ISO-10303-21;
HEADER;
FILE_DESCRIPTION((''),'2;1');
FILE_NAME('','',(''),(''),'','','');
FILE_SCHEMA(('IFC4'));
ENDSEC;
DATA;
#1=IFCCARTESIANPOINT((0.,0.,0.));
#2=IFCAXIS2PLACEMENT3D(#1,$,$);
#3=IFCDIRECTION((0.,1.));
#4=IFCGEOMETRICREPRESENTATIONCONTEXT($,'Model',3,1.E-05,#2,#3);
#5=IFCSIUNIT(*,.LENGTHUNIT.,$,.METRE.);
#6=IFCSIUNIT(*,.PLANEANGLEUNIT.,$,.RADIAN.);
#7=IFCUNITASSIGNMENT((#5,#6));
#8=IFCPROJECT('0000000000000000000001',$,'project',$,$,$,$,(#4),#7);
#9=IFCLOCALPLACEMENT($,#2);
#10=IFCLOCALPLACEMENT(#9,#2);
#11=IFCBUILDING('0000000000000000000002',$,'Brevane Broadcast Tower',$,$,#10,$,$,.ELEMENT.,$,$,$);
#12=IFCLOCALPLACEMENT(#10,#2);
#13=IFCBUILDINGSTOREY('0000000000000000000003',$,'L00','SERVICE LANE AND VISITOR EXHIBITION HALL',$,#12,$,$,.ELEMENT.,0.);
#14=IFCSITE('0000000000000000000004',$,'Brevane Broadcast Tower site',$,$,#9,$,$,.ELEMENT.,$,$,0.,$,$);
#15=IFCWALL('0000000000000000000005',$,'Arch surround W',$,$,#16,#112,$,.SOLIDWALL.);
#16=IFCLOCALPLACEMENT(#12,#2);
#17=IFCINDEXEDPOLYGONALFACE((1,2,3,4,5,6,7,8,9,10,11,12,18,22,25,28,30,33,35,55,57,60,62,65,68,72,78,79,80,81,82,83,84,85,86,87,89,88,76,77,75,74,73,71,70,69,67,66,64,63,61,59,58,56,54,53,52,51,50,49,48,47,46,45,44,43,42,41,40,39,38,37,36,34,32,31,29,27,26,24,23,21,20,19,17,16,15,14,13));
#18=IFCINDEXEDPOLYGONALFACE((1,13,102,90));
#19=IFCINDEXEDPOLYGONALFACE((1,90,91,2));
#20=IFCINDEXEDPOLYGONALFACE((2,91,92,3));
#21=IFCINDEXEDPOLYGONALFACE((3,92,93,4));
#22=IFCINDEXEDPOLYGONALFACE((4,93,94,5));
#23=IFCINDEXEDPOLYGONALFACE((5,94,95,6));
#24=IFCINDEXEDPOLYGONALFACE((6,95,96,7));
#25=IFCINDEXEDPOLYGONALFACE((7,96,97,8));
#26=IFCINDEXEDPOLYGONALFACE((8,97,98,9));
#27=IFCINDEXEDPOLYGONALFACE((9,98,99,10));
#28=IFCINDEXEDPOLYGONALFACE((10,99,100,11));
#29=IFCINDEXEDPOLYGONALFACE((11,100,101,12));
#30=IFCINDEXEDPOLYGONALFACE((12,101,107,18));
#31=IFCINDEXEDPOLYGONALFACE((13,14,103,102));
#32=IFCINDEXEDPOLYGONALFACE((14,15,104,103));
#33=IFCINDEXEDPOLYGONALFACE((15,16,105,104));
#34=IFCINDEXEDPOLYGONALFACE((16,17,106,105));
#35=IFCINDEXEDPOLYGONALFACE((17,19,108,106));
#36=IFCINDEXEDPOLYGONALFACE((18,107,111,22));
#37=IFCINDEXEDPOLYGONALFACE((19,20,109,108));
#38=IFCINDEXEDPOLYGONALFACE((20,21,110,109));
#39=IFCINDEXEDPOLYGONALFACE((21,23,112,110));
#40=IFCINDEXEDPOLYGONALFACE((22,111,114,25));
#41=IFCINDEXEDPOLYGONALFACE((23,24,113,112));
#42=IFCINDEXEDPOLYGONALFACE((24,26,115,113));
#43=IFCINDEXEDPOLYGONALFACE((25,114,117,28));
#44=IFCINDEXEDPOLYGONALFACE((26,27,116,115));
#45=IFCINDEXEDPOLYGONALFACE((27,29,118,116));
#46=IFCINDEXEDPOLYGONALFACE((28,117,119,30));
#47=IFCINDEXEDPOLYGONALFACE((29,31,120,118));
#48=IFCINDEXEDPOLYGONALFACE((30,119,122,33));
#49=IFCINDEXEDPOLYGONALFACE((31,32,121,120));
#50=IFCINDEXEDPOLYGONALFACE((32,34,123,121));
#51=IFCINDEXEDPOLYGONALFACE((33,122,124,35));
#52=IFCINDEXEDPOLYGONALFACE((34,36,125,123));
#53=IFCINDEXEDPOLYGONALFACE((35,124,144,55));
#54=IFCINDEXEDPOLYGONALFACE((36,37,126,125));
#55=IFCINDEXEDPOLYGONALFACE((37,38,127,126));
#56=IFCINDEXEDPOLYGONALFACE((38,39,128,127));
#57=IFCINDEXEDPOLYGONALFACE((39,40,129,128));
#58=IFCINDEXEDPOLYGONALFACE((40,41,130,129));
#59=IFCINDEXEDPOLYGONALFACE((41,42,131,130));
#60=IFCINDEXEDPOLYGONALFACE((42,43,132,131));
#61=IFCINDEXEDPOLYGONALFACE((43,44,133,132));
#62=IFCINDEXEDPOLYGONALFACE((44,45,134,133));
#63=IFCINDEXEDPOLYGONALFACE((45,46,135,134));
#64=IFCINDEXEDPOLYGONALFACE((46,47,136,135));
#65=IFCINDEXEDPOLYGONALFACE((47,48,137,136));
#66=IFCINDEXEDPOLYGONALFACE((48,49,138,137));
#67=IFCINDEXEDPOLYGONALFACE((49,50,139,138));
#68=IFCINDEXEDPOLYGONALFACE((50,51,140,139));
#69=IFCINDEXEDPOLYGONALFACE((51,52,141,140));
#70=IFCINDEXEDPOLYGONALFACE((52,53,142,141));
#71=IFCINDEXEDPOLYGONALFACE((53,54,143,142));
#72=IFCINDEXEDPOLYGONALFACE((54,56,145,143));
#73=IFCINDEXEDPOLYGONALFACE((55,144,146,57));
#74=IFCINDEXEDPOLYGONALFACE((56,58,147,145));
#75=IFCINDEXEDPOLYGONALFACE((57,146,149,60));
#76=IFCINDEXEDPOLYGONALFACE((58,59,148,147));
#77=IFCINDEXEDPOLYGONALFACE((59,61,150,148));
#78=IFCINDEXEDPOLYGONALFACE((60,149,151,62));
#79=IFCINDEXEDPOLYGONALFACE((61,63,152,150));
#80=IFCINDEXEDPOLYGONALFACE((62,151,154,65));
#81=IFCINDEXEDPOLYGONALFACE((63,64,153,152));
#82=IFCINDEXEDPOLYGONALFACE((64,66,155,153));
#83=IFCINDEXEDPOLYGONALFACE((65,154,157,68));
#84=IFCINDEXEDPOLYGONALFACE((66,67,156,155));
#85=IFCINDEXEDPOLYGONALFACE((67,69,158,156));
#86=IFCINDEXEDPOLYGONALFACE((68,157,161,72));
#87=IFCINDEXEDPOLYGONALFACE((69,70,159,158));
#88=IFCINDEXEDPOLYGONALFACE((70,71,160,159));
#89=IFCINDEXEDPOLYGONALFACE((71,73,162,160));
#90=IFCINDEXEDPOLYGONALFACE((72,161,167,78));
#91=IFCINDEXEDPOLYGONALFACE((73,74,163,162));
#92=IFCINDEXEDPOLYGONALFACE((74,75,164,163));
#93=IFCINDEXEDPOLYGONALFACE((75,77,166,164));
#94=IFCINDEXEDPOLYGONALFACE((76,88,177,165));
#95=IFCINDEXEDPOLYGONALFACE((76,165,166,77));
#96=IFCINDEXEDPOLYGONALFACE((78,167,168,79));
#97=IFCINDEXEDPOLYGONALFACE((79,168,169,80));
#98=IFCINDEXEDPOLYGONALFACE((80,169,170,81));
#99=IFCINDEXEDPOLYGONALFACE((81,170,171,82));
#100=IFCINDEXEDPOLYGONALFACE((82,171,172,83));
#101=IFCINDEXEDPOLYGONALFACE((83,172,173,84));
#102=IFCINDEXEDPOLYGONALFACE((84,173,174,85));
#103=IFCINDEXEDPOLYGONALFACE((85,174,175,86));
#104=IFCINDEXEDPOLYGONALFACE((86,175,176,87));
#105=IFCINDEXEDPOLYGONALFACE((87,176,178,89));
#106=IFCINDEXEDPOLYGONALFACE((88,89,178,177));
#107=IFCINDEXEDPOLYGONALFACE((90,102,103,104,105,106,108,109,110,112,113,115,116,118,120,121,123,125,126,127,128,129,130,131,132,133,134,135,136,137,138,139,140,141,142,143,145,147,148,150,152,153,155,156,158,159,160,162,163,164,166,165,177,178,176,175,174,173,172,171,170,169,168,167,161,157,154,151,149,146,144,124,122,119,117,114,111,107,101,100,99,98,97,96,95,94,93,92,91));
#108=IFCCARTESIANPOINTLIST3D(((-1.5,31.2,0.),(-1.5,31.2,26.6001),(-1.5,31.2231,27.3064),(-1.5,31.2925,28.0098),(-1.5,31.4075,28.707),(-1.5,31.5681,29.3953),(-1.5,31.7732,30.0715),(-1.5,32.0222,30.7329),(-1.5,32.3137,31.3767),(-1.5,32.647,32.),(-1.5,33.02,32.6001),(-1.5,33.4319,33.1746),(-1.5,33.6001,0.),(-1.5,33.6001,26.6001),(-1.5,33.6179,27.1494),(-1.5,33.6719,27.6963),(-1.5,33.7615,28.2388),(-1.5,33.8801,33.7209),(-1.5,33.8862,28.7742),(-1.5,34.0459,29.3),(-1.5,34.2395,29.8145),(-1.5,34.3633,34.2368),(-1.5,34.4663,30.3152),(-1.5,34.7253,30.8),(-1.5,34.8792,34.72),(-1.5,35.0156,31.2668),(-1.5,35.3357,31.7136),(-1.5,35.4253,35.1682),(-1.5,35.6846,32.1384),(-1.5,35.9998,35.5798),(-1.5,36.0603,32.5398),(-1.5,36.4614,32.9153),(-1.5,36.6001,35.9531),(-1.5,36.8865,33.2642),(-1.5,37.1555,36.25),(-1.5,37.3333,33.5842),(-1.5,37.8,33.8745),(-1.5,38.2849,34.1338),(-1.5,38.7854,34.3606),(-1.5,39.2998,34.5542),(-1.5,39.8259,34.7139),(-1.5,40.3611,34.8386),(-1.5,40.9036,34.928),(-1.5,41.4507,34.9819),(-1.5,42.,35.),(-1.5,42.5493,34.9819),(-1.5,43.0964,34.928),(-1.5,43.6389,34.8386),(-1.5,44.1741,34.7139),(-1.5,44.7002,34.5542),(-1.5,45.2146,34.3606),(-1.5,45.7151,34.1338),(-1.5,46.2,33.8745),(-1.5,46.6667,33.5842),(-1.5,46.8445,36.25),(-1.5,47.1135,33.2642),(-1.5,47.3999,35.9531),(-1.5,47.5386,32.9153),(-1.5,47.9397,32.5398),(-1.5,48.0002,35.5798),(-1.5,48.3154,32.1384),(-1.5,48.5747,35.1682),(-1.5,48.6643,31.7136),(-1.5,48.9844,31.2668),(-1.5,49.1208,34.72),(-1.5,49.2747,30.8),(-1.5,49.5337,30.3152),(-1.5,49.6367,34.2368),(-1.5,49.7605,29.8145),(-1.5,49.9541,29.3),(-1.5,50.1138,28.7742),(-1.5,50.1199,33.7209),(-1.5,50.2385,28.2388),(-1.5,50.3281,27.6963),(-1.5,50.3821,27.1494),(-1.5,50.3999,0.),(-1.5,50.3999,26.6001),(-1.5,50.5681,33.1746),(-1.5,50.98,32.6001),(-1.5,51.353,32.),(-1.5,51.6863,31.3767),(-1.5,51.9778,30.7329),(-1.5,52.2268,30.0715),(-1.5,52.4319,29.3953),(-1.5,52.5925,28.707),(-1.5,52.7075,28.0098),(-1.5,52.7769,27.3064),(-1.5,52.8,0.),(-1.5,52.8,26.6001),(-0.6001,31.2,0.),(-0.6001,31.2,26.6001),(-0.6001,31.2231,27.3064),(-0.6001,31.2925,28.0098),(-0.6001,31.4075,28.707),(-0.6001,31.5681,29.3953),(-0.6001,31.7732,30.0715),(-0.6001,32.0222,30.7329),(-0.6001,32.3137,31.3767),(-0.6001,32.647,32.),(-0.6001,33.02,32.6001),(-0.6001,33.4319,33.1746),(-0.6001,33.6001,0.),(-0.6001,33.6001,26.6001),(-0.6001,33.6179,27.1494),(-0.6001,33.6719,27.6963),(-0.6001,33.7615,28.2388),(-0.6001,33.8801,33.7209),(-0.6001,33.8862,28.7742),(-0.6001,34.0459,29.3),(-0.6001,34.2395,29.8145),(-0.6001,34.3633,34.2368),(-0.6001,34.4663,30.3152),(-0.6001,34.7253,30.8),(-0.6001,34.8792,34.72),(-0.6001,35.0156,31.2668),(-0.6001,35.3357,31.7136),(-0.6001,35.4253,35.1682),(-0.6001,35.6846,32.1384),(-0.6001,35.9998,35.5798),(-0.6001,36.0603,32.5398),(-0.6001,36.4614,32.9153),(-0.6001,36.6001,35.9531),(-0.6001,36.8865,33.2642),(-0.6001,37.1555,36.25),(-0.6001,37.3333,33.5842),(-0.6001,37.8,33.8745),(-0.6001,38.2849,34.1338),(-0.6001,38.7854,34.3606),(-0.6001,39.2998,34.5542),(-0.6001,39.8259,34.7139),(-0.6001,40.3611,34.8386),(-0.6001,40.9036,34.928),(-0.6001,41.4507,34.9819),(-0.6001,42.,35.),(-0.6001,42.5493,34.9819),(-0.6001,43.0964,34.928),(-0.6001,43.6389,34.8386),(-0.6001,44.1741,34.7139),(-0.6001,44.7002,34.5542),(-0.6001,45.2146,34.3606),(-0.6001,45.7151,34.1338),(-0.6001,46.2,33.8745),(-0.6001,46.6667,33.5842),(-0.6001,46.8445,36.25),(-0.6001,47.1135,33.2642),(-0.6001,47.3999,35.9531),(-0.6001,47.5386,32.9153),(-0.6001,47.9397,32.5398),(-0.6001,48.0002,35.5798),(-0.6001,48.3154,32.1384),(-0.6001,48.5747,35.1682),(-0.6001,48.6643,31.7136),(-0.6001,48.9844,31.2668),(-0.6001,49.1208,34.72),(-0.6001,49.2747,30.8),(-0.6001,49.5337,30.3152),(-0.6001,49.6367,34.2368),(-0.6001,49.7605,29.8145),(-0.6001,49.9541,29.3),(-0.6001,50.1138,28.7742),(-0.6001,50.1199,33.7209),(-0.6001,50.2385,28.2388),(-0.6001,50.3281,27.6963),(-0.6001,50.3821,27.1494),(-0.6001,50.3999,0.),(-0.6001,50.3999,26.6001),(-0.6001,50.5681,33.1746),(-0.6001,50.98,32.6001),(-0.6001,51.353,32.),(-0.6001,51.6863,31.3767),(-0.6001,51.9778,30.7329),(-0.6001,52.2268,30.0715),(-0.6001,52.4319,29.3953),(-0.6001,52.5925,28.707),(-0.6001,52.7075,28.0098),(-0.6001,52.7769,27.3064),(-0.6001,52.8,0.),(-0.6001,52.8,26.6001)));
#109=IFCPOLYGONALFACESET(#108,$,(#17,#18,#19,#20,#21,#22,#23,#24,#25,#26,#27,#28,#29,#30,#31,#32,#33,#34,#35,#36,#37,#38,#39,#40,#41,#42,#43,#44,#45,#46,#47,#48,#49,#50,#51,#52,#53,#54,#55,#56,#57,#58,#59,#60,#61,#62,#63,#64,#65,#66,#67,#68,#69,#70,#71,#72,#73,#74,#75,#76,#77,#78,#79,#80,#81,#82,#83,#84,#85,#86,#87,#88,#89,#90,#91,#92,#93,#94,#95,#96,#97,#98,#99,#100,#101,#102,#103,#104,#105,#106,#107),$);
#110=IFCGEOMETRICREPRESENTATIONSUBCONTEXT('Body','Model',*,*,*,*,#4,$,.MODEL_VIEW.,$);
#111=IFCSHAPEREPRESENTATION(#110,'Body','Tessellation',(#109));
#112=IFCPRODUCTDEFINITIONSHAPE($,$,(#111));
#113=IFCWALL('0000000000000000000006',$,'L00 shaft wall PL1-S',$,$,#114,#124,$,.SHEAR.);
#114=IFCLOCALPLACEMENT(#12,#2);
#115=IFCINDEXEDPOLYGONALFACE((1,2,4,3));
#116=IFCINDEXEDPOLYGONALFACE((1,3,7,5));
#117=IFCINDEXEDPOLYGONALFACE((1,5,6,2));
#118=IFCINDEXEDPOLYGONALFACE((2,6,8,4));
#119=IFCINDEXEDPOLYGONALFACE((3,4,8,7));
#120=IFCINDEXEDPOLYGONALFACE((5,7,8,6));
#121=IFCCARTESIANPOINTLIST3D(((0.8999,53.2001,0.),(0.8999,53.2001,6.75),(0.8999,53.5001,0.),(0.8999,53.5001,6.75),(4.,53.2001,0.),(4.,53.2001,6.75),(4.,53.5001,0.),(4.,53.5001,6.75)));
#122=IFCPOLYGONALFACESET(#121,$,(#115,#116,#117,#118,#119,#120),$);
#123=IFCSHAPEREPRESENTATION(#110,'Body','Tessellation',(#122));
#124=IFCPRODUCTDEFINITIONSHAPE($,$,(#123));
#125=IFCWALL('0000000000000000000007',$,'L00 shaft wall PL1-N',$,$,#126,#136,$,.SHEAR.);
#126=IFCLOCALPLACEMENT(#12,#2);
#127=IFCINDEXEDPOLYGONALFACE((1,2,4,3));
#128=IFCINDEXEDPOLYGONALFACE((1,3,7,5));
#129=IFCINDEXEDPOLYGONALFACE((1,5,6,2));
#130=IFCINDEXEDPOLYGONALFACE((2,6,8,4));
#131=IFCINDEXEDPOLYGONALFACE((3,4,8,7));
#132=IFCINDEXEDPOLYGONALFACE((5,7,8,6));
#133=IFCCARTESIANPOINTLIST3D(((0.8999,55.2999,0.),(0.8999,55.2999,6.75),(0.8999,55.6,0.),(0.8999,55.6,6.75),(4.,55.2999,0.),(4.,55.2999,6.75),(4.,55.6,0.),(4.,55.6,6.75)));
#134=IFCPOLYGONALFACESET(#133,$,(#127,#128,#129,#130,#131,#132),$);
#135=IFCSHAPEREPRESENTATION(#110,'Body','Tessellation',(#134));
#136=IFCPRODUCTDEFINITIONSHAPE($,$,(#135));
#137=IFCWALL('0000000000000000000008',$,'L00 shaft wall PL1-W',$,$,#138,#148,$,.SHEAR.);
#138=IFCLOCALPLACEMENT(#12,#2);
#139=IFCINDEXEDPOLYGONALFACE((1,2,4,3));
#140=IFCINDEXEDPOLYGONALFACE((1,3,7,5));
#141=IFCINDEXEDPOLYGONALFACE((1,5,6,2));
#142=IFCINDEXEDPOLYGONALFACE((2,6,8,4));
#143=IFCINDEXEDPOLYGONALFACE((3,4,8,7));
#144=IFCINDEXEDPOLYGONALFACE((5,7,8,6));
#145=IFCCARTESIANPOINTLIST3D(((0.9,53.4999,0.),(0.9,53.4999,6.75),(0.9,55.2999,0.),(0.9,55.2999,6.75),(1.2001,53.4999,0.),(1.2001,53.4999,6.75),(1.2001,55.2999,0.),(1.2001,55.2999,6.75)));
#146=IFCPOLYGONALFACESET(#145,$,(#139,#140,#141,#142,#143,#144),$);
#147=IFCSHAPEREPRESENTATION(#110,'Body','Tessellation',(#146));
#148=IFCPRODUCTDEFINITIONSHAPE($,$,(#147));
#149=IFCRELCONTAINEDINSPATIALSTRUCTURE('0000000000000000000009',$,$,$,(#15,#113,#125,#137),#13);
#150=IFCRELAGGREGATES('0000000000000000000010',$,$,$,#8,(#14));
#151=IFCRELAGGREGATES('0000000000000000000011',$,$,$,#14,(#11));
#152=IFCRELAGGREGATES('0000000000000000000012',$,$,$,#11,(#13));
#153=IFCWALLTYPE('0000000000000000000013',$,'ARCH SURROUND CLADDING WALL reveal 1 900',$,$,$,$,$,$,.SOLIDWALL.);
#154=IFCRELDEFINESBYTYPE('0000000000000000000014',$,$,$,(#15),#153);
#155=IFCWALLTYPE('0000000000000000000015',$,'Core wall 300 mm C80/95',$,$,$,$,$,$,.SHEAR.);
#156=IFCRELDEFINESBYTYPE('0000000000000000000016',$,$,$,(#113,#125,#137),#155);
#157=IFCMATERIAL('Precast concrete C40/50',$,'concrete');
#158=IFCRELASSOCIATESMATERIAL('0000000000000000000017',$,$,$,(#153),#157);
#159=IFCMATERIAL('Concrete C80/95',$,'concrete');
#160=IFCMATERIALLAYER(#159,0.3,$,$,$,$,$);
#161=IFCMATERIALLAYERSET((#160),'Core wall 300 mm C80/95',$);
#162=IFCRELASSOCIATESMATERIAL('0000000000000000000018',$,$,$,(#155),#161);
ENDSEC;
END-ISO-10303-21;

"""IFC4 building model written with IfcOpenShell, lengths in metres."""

from ifc_helpers import new_model, si_unit, direction, frame, frame_2d, origin, place, context, subcontext, project, spatial, polyline, rectangle, outline, extrude, material, layer, layer_set, material_profile, profile_set, type_object, element, save


model = new_model("IFC4")

# Units and contexts
model_context = context("Model", 3, precision=1e-05, world=origin(), true_north=direction((0.0, 1.0)))
body_context = subcontext(model_context, "Body", "Model", "MODEL_VIEW")
ifc_project = project(units=[si_unit("LENGTHUNIT", "METRE"), si_unit("PLANEANGLEUNIT", "RADIAN")], contexts=[model_context])

# Site, building, storey
site_placement = place(None, origin())
site = spatial("IfcSite", under=ifc_project, at=site_placement, Name="Brevane Broadcast Tower site", CompositionType="ELEMENT", RefElevation=0.0)
building_placement = place(site_placement, origin())
building = spatial("IfcBuilding", under=site, at=building_placement, Name="Brevane Broadcast Tower", CompositionType="ELEMENT")
storey_placement = place(building_placement, origin())
storey = spatial("IfcBuildingStorey", under=building, at=storey_placement, Name="L00", Description="SERVICE LANE AND VISITOR EXHIBITION HALL", CompositionType="ELEMENT", Elevation=0.0)

# Walls
ifc_material_1 = material(Name="Precast concrete C40/50", Category="concrete")
ifc_material_2 = material(Name="Concrete C80/95", Category="concrete")
ifc_material_profile_1 = material_profile(ifc_material_1, outline(polyline([(5.3999, 35.9531), (6.0002, 35.5798), (6.5747, 35.1682), (7.1208, 34.72), (7.6367, 34.2368), (8.1199, 33.7209), (8.5681, 33.1746), (8.98, 32.6001), (9.353, 32.0), (9.6863, 31.3767), (9.9778, 30.7329), (10.2268, 30.0715), (10.4319, 29.3953), (10.5925, 28.707), (10.7075, 28.0098), (10.7769, 27.3064), (10.8, 26.6001), (10.8, 0.0), (8.3999, 0.0), (8.3999, 26.6001), (8.3821, 27.1494), (8.3281, 27.6963), (8.2385, 28.2388), (8.1138, 28.7742), (7.9541, 29.3), (7.7605, 29.8145), (7.5337, 30.3152), (7.2747, 30.8), (6.9844, 31.2668), (6.6643, 31.7136), (6.3154, 32.1384), (5.9397, 32.5398), (5.5386, 32.9153), (5.1135, 33.2642), (4.6667, 33.5842), (4.2, 33.8745), (3.7151, 34.1338), (3.2146, 34.3606), (2.7002, 34.5542), (2.1741, 34.7139), (1.6389, 34.8386), (1.0964, 34.928), (0.5493, 34.9819), (0.0, 35.0), (-0.5493, 34.9819), (-1.0964, 34.928), (-1.6389, 34.8386), (-2.1741, 34.7139), (-2.7002, 34.5542), (-3.2146, 34.3606), (-3.7151, 34.1338), (-4.2, 33.8745), (-4.6667, 33.5842), (-5.1135, 33.2642), (-5.5386, 32.9153), (-5.9397, 32.5398), (-6.3154, 32.1384), (-6.6643, 31.7136), (-6.9844, 31.2668), (-7.2747, 30.8), (-7.5337, 30.3152), (-7.7605, 29.8145), (-7.9541, 29.3), (-8.1138, 28.7742), (-8.2385, 28.2388), (-8.3281, 27.6963), (-8.3821, 27.1494), (-8.3999, 26.6001), (-8.3999, 0.0), (-10.8, 0.0), (-10.8, 26.6001), (-10.7769, 27.3064), (-10.7075, 28.0098), (-10.5925, 28.707), (-10.4319, 29.3953), (-10.2268, 30.0715), (-9.9778, 30.7329), (-9.6863, 31.3767), (-9.353, 32.0), (-8.98, 32.6001), (-8.5681, 33.1746), (-8.1199, 33.7209), (-7.6367, 34.2368), (-7.1208, 34.72), (-6.5747, 35.1682), (-6.0002, 35.5798), (-5.3999, 35.9531), (-4.8445, 36.25), (4.8445, 36.25), (5.3999, 35.9531)])), Name="ARCH SURROUND")
ifc_profile_set_1 = profile_set([ifc_material_profile_1], Name="Precast concrete C40/50")
wall_type_1 = type_object("IfcWallType", Name="ARCH SURROUND CLADDING WALL reveal 1 900", PredefinedType="SOLIDWALL", material=ifc_profile_set_1)
wall_1_placement = place(storey_placement, frame((-1.5, 42.0, 0.0), z_axis=(1.0, 0.0, 0.0), x_axis=(0.0, 1.0, 0.0)))
element("IfcWall", 1, at=wall_1_placement, inside=storey, type_object=wall_type_1, Name="Arch surround W", PredefinedType="SOLIDWALL", context=body_context, shape_type="SweptSolid", body=[
    extrude(outline(polyline([(5.3999, 35.9531), (6.0002, 35.5798), (6.5747, 35.1682), (7.1208, 34.72), (7.6367, 34.2368), (8.1199, 33.7209), (8.5681, 33.1746), (8.98, 32.6001), (9.353, 32.0), (9.6863, 31.3767), (9.9778, 30.7329), (10.2268, 30.0715), (10.4319, 29.3953), (10.5925, 28.707), (10.7075, 28.0098), (10.7769, 27.3064), (10.8, 26.6001), (10.8, 0.0), (8.3999, 0.0), (8.3999, 26.6001), (8.3821, 27.1494), (8.3281, 27.6963), (8.2385, 28.2388), (8.1138, 28.7742), (7.9541, 29.3), (7.7605, 29.8145), (7.5337, 30.3152), (7.2747, 30.8), (6.9844, 31.2668), (6.6643, 31.7136), (6.3154, 32.1384), (5.9397, 32.5398), (5.5386, 32.9153), (5.1135, 33.2642), (4.6667, 33.5842), (4.2, 33.8745), (3.7151, 34.1338), (3.2146, 34.3606), (2.7002, 34.5542), (2.1741, 34.7139), (1.6389, 34.8386), (1.0964, 34.928), (0.5493, 34.9819), (0.0, 35.0), (-0.5493, 34.9819), (-1.0964, 34.928), (-1.6389, 34.8386), (-2.1741, 34.7139), (-2.7002, 34.5542), (-3.2146, 34.3606), (-3.7151, 34.1338), (-4.2, 33.8745), (-4.6667, 33.5842), (-5.1135, 33.2642), (-5.5386, 32.9153), (-5.9397, 32.5398), (-6.3154, 32.1384), (-6.6643, 31.7136), (-6.9844, 31.2668), (-7.2747, 30.8), (-7.5337, 30.3152), (-7.7605, 29.8145), (-7.9541, 29.3), (-8.1138, 28.7742), (-8.2385, 28.2388), (-8.3281, 27.6963), (-8.3821, 27.1494), (-8.3999, 26.6001), (-8.3999, 0.0), (-10.8, 0.0), (-10.8, 26.6001), (-10.7769, 27.3064), (-10.7075, 28.0098), (-10.5925, 28.707), (-10.4319, 29.3953), (-10.2268, 30.0715), (-9.9778, 30.7329), (-9.6863, 31.3767), (-9.353, 32.0), (-8.98, 32.6001), (-8.5681, 33.1746), (-8.1199, 33.7209), (-7.6367, 34.2368), (-7.1208, 34.72), (-6.5747, 35.1682), (-6.0002, 35.5798), (-5.3999, 35.9531), (-4.8445, 36.25), (4.8445, 36.25), (5.3999, 35.9531)])), origin(), (0.0, 0.0, 1.0), 0.8999),
])
ifc_layer_1 = layer(ifc_material_2, 0.3)
ifc_layer_set_1 = layer_set([ifc_layer_1], Name="Core wall 300 mm C80/95")
wall_type_2 = type_object("IfcWallType", Name="Core wall 300 mm C80/95", PredefinedType="SHEAR", material=ifc_layer_set_1)
for number, where, z_axis, x_axis, name in (
    (2, (0.8999, 53.3501, 0.0), (0.0, 0.0, 1.0), (1.0, 0.0, 0.0), "L00 shaft wall PL1-S"),
    (3, (0.8999, 55.45, 0.0), (0.0, 0.0, 1.0), (1.0, 0.0, 0.0), "L00 shaft wall PL1-N"),
):
    element("IfcWall", number, at=place(storey_placement, frame(where, z_axis=z_axis, x_axis=x_axis)), inside=storey, type_object=wall_type_2, Name=name, PredefinedType="SHEAR", context=body_context, shape_type="SweptSolid", body=[
        extrude(rectangle(XDim=3.1001, YDim=0.3, at=frame_2d((1.55, 0.0))), origin(), (0.0, 0.0, 1.0), 6.75),
    ])
wall_2_placement = place(storey_placement, frame((1.05, 53.5, 0.0), z_axis=(0.0, 0.0, 1.0), x_axis=(0.0, 1.0, 0.0)))
element("IfcWall", 4, at=wall_2_placement, inside=storey, type_object=wall_type_2, Name="L00 shaft wall PL1-W", PredefinedType="SHEAR", context=body_context, shape_type="SweptSolid", body=[
    extrude(rectangle(XDim=1.8, YDim=0.3, at=frame_2d((0.8999, 0.0))), origin(), (0.0, 0.0, 1.0), 6.75),
])

save(model, "model.ifc")
